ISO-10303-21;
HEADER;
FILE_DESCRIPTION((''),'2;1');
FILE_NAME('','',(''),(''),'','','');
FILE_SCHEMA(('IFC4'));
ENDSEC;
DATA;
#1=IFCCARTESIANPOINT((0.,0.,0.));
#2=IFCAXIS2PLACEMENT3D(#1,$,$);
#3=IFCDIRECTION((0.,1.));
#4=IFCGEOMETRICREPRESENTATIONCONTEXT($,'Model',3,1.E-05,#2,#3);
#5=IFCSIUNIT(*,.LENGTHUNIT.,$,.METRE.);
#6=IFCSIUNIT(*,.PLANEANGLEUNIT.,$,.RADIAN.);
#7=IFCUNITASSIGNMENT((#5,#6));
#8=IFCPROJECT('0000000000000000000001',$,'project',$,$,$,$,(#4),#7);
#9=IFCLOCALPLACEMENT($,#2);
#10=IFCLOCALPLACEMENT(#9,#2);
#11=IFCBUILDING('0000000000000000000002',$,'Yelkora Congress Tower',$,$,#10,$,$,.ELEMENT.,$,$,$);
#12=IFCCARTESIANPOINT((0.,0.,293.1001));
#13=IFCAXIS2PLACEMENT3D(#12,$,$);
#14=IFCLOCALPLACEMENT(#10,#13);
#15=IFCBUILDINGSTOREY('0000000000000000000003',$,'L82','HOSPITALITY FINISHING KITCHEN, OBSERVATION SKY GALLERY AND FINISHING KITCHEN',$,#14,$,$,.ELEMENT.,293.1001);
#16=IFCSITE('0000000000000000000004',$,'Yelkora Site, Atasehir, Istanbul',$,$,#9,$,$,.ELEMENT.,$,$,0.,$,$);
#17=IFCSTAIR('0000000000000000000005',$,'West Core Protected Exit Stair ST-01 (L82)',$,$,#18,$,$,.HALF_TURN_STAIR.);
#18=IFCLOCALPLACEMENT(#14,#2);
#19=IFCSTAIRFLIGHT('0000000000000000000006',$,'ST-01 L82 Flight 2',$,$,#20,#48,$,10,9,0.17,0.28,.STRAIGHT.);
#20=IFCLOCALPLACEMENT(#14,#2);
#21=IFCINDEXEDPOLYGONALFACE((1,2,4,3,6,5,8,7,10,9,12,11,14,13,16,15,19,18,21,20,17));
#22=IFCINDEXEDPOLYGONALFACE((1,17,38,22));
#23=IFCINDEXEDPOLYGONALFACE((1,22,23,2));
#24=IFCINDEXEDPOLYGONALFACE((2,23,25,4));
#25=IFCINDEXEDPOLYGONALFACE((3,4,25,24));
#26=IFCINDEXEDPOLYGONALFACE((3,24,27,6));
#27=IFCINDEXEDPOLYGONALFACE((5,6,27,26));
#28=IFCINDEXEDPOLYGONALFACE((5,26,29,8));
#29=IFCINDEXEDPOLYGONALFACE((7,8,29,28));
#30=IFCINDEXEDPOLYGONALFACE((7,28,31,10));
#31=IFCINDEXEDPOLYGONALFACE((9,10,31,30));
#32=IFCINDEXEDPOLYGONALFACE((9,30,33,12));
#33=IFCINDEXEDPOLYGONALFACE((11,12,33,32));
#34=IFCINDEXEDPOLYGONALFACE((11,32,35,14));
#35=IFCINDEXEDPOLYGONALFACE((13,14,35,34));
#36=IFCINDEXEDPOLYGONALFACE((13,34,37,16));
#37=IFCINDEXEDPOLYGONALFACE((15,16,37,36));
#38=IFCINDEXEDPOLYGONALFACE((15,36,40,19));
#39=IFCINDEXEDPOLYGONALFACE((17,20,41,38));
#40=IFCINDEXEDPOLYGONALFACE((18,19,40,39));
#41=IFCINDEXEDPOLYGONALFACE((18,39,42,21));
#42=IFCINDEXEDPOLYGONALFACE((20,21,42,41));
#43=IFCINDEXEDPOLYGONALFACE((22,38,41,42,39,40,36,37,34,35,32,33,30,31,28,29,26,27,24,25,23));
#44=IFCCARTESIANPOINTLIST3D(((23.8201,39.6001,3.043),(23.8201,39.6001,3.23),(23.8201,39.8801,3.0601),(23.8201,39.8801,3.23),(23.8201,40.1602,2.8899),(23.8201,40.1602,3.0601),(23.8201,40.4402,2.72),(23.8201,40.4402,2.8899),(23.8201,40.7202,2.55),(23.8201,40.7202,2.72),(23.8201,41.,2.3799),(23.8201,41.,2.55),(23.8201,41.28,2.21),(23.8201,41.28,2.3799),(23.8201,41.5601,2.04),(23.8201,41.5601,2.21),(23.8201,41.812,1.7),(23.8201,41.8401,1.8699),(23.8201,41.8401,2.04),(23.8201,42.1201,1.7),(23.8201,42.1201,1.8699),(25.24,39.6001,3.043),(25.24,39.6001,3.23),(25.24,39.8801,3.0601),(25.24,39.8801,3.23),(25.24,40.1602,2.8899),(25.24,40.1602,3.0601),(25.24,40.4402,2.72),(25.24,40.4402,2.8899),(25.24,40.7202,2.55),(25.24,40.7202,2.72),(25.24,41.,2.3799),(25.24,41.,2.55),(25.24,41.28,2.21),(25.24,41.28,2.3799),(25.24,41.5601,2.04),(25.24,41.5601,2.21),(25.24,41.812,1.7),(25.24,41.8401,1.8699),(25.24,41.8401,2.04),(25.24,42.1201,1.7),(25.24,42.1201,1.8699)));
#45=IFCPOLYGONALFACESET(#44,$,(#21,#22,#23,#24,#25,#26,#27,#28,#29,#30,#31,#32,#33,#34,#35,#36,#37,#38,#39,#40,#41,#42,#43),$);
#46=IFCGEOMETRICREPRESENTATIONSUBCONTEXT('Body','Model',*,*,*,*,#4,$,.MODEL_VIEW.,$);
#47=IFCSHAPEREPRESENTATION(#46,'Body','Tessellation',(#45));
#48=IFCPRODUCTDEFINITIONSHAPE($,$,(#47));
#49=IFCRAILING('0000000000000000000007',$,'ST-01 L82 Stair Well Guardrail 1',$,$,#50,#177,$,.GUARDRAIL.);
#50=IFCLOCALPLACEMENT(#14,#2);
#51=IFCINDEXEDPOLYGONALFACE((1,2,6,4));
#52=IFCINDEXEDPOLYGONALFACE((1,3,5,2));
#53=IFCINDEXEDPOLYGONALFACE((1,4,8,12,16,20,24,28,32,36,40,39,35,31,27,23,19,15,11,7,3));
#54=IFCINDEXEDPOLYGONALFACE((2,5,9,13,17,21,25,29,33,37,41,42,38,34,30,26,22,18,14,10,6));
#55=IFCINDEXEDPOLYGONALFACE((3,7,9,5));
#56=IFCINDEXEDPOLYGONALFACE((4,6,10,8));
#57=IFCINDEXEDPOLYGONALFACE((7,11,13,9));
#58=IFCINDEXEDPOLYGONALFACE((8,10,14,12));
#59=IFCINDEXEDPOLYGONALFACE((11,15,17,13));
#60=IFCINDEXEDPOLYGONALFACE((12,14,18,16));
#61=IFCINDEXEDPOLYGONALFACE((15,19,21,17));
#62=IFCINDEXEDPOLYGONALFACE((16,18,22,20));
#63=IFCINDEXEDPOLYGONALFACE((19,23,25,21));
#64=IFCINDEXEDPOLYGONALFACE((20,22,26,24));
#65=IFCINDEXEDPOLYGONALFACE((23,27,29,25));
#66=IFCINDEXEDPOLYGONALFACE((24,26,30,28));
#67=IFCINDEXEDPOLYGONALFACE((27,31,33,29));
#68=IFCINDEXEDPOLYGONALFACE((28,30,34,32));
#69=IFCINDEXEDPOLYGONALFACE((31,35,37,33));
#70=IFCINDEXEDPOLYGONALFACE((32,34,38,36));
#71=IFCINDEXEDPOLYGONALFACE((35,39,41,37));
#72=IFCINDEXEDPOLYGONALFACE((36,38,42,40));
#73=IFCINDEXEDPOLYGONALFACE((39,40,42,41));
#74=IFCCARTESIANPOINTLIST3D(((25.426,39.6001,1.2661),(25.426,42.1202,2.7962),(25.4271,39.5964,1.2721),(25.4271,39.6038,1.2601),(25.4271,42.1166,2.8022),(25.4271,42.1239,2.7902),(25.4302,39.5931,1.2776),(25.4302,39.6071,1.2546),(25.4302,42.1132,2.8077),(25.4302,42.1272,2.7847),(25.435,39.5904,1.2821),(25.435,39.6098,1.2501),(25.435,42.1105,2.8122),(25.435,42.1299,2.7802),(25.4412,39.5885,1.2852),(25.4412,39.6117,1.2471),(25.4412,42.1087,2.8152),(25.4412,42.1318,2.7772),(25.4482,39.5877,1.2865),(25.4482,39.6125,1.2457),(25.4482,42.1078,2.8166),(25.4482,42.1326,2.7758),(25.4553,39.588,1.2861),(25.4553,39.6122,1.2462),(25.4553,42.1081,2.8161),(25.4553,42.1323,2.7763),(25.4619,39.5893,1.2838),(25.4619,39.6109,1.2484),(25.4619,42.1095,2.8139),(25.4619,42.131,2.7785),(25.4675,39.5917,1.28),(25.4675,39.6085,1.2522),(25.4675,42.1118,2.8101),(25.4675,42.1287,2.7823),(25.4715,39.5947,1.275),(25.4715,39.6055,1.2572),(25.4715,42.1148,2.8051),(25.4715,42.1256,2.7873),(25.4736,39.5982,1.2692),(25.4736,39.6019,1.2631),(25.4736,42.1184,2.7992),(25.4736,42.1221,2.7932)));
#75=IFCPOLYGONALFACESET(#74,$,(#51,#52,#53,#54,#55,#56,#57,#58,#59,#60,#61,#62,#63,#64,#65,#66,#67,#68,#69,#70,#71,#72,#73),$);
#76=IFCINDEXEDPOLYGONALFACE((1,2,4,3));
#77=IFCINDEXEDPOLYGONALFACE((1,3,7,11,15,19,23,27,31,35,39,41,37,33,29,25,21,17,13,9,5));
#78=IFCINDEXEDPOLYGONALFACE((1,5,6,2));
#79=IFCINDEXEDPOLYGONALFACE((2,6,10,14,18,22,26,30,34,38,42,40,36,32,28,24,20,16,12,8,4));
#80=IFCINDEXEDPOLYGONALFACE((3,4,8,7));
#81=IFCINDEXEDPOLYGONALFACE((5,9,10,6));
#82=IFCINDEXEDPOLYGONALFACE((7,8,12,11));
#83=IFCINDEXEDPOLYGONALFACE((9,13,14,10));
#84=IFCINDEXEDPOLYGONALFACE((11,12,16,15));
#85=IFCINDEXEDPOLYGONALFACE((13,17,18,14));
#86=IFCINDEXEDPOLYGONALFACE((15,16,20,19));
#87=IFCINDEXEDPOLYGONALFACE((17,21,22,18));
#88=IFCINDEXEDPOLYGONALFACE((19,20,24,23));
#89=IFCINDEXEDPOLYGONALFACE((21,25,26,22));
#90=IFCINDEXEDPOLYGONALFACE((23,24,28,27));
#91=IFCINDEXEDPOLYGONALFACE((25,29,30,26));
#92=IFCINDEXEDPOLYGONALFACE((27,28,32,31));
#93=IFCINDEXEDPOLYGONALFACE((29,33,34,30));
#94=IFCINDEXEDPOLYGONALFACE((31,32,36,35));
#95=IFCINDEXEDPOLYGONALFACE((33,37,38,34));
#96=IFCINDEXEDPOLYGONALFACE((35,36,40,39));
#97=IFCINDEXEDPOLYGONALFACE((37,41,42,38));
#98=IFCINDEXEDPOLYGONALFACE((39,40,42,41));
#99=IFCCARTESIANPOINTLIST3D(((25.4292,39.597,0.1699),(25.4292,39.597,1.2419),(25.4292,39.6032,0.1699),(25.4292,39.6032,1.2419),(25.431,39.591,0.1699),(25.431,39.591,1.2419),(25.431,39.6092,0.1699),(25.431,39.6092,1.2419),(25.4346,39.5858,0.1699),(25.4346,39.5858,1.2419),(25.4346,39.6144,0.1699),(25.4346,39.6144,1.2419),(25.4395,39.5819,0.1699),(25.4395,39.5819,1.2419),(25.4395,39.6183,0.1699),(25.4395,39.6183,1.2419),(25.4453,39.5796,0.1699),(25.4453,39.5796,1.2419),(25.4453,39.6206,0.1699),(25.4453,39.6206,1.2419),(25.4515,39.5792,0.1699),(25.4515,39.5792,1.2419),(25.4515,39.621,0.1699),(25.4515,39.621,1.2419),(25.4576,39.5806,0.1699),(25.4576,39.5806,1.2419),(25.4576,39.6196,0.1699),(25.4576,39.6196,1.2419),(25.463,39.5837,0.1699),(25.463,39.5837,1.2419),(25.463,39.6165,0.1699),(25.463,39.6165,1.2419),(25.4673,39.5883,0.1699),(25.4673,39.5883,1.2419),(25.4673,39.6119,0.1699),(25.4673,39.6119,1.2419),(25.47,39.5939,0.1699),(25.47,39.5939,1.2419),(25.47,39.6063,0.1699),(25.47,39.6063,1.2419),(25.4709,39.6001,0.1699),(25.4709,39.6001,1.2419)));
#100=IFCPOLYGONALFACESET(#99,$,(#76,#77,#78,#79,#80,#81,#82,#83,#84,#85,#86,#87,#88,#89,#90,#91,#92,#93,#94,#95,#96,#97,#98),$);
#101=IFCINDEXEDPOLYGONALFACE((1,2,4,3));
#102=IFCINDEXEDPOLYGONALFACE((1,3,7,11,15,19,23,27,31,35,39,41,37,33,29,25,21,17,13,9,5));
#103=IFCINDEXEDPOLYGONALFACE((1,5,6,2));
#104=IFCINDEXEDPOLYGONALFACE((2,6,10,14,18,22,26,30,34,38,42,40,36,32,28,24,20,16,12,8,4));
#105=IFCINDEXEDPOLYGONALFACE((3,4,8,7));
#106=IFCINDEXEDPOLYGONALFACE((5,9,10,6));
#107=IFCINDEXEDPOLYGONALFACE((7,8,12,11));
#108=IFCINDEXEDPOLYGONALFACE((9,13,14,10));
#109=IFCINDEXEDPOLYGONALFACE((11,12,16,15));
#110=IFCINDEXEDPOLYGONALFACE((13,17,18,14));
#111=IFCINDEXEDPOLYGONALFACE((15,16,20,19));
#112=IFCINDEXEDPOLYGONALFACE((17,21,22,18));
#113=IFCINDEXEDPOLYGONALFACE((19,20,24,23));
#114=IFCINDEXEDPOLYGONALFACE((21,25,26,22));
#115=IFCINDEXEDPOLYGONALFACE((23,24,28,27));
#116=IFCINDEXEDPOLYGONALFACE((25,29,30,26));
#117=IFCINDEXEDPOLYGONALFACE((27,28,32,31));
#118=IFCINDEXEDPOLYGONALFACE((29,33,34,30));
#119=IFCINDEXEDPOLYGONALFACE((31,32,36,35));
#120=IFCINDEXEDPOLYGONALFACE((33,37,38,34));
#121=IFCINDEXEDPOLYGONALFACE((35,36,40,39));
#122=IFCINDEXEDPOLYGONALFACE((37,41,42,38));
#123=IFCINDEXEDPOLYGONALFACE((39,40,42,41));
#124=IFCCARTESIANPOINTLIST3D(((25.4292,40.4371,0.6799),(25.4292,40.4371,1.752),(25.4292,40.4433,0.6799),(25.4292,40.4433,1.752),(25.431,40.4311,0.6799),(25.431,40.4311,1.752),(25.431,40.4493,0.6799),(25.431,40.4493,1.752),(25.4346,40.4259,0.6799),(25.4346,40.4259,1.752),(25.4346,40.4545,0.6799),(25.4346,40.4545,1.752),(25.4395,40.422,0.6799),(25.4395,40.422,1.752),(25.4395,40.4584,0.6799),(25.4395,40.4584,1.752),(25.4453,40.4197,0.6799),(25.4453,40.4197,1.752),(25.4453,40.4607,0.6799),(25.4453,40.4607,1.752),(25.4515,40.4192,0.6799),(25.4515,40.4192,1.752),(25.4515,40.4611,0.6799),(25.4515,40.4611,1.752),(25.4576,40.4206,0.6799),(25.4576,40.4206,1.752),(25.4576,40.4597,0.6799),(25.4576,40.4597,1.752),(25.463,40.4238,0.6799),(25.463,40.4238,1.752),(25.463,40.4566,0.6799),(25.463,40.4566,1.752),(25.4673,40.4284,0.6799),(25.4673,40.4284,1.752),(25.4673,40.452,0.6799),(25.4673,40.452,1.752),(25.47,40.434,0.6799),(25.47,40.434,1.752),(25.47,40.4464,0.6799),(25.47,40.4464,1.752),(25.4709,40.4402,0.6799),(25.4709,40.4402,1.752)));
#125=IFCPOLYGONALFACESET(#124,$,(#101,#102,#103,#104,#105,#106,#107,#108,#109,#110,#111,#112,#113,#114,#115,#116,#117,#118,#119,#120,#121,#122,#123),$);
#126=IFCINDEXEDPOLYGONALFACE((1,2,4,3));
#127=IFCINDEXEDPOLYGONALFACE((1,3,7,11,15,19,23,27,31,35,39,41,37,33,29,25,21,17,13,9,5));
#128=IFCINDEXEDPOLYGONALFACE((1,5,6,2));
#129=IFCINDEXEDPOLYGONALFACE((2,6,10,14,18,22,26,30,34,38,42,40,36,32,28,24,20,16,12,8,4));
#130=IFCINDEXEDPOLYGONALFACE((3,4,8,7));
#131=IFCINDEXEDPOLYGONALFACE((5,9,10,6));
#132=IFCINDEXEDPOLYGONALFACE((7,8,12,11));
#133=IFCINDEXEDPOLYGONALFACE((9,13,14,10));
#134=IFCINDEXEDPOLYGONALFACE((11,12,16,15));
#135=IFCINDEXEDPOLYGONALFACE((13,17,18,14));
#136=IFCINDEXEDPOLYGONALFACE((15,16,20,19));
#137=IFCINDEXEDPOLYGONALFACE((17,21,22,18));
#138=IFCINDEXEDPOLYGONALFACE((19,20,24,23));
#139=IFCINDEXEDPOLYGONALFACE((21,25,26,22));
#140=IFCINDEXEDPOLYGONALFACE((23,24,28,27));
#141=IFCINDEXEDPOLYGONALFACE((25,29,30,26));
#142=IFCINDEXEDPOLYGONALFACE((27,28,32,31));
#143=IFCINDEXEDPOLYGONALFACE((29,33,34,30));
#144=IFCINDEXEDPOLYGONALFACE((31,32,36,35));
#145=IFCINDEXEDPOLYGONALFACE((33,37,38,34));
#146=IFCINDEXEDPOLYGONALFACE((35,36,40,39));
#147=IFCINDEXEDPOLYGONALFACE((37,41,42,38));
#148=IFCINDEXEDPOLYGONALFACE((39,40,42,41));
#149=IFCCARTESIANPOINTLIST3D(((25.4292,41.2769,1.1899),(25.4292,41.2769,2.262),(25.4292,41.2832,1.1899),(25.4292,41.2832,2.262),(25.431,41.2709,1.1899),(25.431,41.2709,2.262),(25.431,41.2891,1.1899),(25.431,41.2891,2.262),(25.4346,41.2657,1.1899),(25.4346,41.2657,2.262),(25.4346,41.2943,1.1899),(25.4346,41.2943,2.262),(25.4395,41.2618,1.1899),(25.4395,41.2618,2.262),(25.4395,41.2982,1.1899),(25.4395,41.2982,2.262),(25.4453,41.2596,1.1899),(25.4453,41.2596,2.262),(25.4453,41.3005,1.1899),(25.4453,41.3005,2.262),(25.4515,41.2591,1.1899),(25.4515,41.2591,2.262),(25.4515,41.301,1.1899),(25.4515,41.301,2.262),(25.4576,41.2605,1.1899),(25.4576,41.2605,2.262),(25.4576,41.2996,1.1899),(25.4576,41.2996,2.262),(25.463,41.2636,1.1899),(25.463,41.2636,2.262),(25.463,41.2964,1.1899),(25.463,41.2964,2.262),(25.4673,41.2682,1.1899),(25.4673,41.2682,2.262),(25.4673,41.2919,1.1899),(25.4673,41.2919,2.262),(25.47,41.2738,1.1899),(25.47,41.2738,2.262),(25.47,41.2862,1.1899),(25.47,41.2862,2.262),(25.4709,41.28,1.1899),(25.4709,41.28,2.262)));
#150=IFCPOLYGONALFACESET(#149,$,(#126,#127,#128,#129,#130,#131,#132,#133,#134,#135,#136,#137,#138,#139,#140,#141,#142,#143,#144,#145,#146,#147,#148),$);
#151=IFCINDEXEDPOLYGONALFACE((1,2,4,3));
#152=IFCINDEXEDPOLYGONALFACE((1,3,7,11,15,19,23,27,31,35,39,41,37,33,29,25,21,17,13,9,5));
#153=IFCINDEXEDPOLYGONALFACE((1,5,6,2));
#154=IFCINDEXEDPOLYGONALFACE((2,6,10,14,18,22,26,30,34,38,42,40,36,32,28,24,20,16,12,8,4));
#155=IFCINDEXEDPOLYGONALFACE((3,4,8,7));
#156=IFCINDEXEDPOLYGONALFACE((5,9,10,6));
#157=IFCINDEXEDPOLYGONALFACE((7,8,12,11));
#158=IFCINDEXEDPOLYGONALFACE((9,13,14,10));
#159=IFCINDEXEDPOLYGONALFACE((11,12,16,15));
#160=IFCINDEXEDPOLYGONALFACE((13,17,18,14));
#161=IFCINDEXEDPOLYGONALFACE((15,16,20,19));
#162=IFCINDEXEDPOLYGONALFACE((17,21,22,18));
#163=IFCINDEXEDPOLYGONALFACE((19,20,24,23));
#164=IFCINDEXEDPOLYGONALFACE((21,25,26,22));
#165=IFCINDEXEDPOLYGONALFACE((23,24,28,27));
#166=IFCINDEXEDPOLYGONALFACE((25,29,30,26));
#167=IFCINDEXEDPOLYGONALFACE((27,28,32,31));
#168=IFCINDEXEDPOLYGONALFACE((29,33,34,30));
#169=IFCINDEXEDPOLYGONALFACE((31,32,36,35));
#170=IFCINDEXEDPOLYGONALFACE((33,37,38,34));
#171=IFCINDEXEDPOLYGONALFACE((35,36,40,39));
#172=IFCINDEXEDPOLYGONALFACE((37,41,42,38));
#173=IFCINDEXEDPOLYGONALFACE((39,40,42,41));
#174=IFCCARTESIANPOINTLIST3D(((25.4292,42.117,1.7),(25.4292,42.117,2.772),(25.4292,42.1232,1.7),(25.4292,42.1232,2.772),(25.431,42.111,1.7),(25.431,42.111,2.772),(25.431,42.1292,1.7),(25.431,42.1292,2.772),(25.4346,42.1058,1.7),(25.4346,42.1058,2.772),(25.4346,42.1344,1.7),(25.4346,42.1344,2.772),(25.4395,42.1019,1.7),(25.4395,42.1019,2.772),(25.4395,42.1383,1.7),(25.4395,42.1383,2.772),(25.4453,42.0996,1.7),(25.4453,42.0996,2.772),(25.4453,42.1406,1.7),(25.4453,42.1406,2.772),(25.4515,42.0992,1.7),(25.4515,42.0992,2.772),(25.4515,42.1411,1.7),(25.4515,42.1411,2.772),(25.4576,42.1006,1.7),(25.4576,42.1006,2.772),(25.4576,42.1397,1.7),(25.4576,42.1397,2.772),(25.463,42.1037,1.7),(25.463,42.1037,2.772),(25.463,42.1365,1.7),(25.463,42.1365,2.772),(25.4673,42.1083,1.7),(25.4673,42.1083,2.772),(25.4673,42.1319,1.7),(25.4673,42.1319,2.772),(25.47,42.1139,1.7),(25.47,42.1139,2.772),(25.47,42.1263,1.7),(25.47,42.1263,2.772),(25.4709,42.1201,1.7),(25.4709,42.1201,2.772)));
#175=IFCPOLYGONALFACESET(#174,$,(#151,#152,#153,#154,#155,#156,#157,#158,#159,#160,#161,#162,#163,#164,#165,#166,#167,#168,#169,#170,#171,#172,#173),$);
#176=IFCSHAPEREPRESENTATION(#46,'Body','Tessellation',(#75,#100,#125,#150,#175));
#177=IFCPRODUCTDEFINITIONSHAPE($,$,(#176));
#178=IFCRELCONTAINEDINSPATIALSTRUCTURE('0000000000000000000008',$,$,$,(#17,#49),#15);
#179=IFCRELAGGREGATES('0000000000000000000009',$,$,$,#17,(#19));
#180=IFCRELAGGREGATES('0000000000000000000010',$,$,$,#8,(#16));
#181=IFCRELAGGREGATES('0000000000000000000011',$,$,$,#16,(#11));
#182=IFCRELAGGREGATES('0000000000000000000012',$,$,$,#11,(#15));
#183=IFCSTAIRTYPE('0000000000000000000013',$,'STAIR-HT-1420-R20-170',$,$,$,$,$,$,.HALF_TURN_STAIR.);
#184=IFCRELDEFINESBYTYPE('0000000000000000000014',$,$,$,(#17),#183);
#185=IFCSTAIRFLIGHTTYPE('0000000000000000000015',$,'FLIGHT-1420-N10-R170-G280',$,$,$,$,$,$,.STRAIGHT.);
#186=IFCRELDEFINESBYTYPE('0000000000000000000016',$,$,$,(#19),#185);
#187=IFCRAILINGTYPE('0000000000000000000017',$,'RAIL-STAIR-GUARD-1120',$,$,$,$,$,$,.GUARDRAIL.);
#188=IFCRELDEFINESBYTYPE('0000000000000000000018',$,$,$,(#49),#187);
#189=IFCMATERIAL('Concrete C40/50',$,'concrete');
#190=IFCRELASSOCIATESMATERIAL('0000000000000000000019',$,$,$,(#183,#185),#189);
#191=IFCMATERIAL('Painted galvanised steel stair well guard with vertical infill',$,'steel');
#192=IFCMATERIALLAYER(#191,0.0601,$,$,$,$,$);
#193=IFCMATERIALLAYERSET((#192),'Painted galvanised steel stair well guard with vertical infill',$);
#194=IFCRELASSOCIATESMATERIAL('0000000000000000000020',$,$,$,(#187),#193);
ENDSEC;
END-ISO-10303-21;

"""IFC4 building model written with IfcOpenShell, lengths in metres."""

from ifc_helpers import new_model, si_unit, direction, frame, origin, origin_2d, place, context, subcontext, project, spatial, polyline, circle, outline, extrude, material, layer, layer_set, type_object, element, aggregate, save


model = new_model("IFC4")

# Units and contexts
model_context = context("Model", 3, precision=1e-05, world=origin(), true_north=direction((0.0, 1.0)))
body_context = subcontext(model_context, "Body", "Model", "MODEL_VIEW")
ifc_project = project(units=[si_unit("LENGTHUNIT", "METRE"), si_unit("PLANEANGLEUNIT", "RADIAN")], contexts=[model_context])

# Site, building, storey
site_placement = place(None, origin())
site = spatial("IfcSite", under=ifc_project, at=site_placement, Name="Yelkora Site, Atasehir, Istanbul", CompositionType="ELEMENT", RefElevation=0.0)
building_placement = place(site_placement, origin())
building = spatial("IfcBuilding", under=site, at=building_placement, Name="Yelkora Congress Tower", CompositionType="ELEMENT")
storey_placement = place(building_placement, frame((0.0, 0.0, 293.1001)))
storey = spatial("IfcBuildingStorey", under=building, at=storey_placement, Name="L82", Description="HOSPITALITY FINISHING KITCHEN, OBSERVATION SKY GALLERY AND FINISHING KITCHEN", CompositionType="ELEMENT", Elevation=293.1001)

# Stair, stair flight
ifc_material_1 = material(Name="Concrete C40/50", Category="concrete")
stair_type = type_object("IfcStairType", Name="STAIR-HT-1420-R20-170", PredefinedType="HALF_TURN_STAIR", material=ifc_material_1)
stair_placement = place(storey_placement, origin())
stair = element("IfcStair", 1, at=stair_placement, inside=storey, type_object=stair_type, Name="West Core Protected Exit Stair ST-01 (L82)", PredefinedType="HALF_TURN_STAIR")
stair_flight_type = type_object("IfcStairFlightType", Name="FLIGHT-1420-N10-R170-G280", PredefinedType="STRAIGHT", material=ifc_material_1)
stair_flight_1_placement = place(storey_placement, frame((24.53, 42.1201, 1.7), z_axis=(0.0, 0.0, 1.0), x_axis=(0.0, -1.0, 0.0)))
stair_flight_1 = element("IfcStairFlight", 2, at=stair_flight_1_placement, type_object=stair_flight_type, Name="ST-01 L82 Flight 2", NumberOfRisers=10, NumberOfTreads=9, PredefinedType="STRAIGHT", RiserHeight=0.17, TreadLength=0.28, context=body_context, shape_type="SweptSolid", body=[
    extrude(outline(polyline([(0.0, 0.0), (0.0, 0.1699), (0.28, 0.1699), (0.28, 0.3401), (0.5601, 0.3401), (0.5601, 0.51), (0.8401, 0.51), (0.8401, 0.6799), (1.1201, 0.6799), (1.1201, 0.8501), (1.3999, 0.8501), (1.3999, 1.02), (1.6799, 1.02), (1.6799, 1.1899), (1.96, 1.1899), (1.96, 1.3601), (2.24, 1.3601), (2.24, 1.53), (2.52, 1.53), (2.52, 1.7), (2.52, 1.343), (0.3081, 0.0), (0.0, 0.0)])), frame((0.0, 0.71, 0.0), z_axis=(0.0, -1.0, 0.0), x_axis=(1.0, 0.0, 0.0)), (0.0, 0.0, 1.0), 1.4199),
])
aggregate(stair, [stair_flight_1])

# Railing
ifc_material_2 = material(Name="Painted galvanised steel stair well guard with vertical infill", Category="steel")
ifc_layer_1 = layer(ifc_material_2, 0.0601)
ifc_layer_set_1 = layer_set([ifc_layer_1], Name="Painted galvanised steel stair well guard with vertical infill")
railing_type_1 = type_object("IfcRailingType", Name="RAIL-STAIR-GUARD-1120", PredefinedType="GUARDRAIL", material=ifc_layer_set_1)
railing_1_placement = place(storey_placement, frame((25.45, 39.6001, 0.1699)))
element("IfcRailing", 3, at=railing_1_placement, inside=storey, type_object=railing_type_1, Name="ST-01 L82 Stair Well Guardrail 1", PredefinedType="GUARDRAIL", context=body_context, shape_type="SweptSolid", body=[
    extrude(circle(Radius=0.0239, at=origin_2d()), frame((0.0, 0.0, 1.0962), z_axis=(0.0, 0.854785, 0.518982), x_axis=(-1.0, 0.0, 0.0)), (0.0, 0.0, 1.0), 2.9482),
    extrude(circle(Radius=0.021, at=origin_2d()), origin(), (0.0, 0.0, 1.0), 1.072),
    extrude(circle(Radius=0.021, at=origin_2d()), frame((0.0, 0.8401, 0.51)), (0.0, 0.0, 1.0), 1.072),
    extrude(circle(Radius=0.021, at=origin_2d()), frame((0.0, 1.6799, 1.02)), (0.0, 0.0, 1.0), 1.072),
    extrude(circle(Radius=0.021, at=origin_2d()), frame((0.0, 2.52, 1.53)), (0.0, 0.0, 1.0), 1.072),
])

save(model, "model.ifc")
